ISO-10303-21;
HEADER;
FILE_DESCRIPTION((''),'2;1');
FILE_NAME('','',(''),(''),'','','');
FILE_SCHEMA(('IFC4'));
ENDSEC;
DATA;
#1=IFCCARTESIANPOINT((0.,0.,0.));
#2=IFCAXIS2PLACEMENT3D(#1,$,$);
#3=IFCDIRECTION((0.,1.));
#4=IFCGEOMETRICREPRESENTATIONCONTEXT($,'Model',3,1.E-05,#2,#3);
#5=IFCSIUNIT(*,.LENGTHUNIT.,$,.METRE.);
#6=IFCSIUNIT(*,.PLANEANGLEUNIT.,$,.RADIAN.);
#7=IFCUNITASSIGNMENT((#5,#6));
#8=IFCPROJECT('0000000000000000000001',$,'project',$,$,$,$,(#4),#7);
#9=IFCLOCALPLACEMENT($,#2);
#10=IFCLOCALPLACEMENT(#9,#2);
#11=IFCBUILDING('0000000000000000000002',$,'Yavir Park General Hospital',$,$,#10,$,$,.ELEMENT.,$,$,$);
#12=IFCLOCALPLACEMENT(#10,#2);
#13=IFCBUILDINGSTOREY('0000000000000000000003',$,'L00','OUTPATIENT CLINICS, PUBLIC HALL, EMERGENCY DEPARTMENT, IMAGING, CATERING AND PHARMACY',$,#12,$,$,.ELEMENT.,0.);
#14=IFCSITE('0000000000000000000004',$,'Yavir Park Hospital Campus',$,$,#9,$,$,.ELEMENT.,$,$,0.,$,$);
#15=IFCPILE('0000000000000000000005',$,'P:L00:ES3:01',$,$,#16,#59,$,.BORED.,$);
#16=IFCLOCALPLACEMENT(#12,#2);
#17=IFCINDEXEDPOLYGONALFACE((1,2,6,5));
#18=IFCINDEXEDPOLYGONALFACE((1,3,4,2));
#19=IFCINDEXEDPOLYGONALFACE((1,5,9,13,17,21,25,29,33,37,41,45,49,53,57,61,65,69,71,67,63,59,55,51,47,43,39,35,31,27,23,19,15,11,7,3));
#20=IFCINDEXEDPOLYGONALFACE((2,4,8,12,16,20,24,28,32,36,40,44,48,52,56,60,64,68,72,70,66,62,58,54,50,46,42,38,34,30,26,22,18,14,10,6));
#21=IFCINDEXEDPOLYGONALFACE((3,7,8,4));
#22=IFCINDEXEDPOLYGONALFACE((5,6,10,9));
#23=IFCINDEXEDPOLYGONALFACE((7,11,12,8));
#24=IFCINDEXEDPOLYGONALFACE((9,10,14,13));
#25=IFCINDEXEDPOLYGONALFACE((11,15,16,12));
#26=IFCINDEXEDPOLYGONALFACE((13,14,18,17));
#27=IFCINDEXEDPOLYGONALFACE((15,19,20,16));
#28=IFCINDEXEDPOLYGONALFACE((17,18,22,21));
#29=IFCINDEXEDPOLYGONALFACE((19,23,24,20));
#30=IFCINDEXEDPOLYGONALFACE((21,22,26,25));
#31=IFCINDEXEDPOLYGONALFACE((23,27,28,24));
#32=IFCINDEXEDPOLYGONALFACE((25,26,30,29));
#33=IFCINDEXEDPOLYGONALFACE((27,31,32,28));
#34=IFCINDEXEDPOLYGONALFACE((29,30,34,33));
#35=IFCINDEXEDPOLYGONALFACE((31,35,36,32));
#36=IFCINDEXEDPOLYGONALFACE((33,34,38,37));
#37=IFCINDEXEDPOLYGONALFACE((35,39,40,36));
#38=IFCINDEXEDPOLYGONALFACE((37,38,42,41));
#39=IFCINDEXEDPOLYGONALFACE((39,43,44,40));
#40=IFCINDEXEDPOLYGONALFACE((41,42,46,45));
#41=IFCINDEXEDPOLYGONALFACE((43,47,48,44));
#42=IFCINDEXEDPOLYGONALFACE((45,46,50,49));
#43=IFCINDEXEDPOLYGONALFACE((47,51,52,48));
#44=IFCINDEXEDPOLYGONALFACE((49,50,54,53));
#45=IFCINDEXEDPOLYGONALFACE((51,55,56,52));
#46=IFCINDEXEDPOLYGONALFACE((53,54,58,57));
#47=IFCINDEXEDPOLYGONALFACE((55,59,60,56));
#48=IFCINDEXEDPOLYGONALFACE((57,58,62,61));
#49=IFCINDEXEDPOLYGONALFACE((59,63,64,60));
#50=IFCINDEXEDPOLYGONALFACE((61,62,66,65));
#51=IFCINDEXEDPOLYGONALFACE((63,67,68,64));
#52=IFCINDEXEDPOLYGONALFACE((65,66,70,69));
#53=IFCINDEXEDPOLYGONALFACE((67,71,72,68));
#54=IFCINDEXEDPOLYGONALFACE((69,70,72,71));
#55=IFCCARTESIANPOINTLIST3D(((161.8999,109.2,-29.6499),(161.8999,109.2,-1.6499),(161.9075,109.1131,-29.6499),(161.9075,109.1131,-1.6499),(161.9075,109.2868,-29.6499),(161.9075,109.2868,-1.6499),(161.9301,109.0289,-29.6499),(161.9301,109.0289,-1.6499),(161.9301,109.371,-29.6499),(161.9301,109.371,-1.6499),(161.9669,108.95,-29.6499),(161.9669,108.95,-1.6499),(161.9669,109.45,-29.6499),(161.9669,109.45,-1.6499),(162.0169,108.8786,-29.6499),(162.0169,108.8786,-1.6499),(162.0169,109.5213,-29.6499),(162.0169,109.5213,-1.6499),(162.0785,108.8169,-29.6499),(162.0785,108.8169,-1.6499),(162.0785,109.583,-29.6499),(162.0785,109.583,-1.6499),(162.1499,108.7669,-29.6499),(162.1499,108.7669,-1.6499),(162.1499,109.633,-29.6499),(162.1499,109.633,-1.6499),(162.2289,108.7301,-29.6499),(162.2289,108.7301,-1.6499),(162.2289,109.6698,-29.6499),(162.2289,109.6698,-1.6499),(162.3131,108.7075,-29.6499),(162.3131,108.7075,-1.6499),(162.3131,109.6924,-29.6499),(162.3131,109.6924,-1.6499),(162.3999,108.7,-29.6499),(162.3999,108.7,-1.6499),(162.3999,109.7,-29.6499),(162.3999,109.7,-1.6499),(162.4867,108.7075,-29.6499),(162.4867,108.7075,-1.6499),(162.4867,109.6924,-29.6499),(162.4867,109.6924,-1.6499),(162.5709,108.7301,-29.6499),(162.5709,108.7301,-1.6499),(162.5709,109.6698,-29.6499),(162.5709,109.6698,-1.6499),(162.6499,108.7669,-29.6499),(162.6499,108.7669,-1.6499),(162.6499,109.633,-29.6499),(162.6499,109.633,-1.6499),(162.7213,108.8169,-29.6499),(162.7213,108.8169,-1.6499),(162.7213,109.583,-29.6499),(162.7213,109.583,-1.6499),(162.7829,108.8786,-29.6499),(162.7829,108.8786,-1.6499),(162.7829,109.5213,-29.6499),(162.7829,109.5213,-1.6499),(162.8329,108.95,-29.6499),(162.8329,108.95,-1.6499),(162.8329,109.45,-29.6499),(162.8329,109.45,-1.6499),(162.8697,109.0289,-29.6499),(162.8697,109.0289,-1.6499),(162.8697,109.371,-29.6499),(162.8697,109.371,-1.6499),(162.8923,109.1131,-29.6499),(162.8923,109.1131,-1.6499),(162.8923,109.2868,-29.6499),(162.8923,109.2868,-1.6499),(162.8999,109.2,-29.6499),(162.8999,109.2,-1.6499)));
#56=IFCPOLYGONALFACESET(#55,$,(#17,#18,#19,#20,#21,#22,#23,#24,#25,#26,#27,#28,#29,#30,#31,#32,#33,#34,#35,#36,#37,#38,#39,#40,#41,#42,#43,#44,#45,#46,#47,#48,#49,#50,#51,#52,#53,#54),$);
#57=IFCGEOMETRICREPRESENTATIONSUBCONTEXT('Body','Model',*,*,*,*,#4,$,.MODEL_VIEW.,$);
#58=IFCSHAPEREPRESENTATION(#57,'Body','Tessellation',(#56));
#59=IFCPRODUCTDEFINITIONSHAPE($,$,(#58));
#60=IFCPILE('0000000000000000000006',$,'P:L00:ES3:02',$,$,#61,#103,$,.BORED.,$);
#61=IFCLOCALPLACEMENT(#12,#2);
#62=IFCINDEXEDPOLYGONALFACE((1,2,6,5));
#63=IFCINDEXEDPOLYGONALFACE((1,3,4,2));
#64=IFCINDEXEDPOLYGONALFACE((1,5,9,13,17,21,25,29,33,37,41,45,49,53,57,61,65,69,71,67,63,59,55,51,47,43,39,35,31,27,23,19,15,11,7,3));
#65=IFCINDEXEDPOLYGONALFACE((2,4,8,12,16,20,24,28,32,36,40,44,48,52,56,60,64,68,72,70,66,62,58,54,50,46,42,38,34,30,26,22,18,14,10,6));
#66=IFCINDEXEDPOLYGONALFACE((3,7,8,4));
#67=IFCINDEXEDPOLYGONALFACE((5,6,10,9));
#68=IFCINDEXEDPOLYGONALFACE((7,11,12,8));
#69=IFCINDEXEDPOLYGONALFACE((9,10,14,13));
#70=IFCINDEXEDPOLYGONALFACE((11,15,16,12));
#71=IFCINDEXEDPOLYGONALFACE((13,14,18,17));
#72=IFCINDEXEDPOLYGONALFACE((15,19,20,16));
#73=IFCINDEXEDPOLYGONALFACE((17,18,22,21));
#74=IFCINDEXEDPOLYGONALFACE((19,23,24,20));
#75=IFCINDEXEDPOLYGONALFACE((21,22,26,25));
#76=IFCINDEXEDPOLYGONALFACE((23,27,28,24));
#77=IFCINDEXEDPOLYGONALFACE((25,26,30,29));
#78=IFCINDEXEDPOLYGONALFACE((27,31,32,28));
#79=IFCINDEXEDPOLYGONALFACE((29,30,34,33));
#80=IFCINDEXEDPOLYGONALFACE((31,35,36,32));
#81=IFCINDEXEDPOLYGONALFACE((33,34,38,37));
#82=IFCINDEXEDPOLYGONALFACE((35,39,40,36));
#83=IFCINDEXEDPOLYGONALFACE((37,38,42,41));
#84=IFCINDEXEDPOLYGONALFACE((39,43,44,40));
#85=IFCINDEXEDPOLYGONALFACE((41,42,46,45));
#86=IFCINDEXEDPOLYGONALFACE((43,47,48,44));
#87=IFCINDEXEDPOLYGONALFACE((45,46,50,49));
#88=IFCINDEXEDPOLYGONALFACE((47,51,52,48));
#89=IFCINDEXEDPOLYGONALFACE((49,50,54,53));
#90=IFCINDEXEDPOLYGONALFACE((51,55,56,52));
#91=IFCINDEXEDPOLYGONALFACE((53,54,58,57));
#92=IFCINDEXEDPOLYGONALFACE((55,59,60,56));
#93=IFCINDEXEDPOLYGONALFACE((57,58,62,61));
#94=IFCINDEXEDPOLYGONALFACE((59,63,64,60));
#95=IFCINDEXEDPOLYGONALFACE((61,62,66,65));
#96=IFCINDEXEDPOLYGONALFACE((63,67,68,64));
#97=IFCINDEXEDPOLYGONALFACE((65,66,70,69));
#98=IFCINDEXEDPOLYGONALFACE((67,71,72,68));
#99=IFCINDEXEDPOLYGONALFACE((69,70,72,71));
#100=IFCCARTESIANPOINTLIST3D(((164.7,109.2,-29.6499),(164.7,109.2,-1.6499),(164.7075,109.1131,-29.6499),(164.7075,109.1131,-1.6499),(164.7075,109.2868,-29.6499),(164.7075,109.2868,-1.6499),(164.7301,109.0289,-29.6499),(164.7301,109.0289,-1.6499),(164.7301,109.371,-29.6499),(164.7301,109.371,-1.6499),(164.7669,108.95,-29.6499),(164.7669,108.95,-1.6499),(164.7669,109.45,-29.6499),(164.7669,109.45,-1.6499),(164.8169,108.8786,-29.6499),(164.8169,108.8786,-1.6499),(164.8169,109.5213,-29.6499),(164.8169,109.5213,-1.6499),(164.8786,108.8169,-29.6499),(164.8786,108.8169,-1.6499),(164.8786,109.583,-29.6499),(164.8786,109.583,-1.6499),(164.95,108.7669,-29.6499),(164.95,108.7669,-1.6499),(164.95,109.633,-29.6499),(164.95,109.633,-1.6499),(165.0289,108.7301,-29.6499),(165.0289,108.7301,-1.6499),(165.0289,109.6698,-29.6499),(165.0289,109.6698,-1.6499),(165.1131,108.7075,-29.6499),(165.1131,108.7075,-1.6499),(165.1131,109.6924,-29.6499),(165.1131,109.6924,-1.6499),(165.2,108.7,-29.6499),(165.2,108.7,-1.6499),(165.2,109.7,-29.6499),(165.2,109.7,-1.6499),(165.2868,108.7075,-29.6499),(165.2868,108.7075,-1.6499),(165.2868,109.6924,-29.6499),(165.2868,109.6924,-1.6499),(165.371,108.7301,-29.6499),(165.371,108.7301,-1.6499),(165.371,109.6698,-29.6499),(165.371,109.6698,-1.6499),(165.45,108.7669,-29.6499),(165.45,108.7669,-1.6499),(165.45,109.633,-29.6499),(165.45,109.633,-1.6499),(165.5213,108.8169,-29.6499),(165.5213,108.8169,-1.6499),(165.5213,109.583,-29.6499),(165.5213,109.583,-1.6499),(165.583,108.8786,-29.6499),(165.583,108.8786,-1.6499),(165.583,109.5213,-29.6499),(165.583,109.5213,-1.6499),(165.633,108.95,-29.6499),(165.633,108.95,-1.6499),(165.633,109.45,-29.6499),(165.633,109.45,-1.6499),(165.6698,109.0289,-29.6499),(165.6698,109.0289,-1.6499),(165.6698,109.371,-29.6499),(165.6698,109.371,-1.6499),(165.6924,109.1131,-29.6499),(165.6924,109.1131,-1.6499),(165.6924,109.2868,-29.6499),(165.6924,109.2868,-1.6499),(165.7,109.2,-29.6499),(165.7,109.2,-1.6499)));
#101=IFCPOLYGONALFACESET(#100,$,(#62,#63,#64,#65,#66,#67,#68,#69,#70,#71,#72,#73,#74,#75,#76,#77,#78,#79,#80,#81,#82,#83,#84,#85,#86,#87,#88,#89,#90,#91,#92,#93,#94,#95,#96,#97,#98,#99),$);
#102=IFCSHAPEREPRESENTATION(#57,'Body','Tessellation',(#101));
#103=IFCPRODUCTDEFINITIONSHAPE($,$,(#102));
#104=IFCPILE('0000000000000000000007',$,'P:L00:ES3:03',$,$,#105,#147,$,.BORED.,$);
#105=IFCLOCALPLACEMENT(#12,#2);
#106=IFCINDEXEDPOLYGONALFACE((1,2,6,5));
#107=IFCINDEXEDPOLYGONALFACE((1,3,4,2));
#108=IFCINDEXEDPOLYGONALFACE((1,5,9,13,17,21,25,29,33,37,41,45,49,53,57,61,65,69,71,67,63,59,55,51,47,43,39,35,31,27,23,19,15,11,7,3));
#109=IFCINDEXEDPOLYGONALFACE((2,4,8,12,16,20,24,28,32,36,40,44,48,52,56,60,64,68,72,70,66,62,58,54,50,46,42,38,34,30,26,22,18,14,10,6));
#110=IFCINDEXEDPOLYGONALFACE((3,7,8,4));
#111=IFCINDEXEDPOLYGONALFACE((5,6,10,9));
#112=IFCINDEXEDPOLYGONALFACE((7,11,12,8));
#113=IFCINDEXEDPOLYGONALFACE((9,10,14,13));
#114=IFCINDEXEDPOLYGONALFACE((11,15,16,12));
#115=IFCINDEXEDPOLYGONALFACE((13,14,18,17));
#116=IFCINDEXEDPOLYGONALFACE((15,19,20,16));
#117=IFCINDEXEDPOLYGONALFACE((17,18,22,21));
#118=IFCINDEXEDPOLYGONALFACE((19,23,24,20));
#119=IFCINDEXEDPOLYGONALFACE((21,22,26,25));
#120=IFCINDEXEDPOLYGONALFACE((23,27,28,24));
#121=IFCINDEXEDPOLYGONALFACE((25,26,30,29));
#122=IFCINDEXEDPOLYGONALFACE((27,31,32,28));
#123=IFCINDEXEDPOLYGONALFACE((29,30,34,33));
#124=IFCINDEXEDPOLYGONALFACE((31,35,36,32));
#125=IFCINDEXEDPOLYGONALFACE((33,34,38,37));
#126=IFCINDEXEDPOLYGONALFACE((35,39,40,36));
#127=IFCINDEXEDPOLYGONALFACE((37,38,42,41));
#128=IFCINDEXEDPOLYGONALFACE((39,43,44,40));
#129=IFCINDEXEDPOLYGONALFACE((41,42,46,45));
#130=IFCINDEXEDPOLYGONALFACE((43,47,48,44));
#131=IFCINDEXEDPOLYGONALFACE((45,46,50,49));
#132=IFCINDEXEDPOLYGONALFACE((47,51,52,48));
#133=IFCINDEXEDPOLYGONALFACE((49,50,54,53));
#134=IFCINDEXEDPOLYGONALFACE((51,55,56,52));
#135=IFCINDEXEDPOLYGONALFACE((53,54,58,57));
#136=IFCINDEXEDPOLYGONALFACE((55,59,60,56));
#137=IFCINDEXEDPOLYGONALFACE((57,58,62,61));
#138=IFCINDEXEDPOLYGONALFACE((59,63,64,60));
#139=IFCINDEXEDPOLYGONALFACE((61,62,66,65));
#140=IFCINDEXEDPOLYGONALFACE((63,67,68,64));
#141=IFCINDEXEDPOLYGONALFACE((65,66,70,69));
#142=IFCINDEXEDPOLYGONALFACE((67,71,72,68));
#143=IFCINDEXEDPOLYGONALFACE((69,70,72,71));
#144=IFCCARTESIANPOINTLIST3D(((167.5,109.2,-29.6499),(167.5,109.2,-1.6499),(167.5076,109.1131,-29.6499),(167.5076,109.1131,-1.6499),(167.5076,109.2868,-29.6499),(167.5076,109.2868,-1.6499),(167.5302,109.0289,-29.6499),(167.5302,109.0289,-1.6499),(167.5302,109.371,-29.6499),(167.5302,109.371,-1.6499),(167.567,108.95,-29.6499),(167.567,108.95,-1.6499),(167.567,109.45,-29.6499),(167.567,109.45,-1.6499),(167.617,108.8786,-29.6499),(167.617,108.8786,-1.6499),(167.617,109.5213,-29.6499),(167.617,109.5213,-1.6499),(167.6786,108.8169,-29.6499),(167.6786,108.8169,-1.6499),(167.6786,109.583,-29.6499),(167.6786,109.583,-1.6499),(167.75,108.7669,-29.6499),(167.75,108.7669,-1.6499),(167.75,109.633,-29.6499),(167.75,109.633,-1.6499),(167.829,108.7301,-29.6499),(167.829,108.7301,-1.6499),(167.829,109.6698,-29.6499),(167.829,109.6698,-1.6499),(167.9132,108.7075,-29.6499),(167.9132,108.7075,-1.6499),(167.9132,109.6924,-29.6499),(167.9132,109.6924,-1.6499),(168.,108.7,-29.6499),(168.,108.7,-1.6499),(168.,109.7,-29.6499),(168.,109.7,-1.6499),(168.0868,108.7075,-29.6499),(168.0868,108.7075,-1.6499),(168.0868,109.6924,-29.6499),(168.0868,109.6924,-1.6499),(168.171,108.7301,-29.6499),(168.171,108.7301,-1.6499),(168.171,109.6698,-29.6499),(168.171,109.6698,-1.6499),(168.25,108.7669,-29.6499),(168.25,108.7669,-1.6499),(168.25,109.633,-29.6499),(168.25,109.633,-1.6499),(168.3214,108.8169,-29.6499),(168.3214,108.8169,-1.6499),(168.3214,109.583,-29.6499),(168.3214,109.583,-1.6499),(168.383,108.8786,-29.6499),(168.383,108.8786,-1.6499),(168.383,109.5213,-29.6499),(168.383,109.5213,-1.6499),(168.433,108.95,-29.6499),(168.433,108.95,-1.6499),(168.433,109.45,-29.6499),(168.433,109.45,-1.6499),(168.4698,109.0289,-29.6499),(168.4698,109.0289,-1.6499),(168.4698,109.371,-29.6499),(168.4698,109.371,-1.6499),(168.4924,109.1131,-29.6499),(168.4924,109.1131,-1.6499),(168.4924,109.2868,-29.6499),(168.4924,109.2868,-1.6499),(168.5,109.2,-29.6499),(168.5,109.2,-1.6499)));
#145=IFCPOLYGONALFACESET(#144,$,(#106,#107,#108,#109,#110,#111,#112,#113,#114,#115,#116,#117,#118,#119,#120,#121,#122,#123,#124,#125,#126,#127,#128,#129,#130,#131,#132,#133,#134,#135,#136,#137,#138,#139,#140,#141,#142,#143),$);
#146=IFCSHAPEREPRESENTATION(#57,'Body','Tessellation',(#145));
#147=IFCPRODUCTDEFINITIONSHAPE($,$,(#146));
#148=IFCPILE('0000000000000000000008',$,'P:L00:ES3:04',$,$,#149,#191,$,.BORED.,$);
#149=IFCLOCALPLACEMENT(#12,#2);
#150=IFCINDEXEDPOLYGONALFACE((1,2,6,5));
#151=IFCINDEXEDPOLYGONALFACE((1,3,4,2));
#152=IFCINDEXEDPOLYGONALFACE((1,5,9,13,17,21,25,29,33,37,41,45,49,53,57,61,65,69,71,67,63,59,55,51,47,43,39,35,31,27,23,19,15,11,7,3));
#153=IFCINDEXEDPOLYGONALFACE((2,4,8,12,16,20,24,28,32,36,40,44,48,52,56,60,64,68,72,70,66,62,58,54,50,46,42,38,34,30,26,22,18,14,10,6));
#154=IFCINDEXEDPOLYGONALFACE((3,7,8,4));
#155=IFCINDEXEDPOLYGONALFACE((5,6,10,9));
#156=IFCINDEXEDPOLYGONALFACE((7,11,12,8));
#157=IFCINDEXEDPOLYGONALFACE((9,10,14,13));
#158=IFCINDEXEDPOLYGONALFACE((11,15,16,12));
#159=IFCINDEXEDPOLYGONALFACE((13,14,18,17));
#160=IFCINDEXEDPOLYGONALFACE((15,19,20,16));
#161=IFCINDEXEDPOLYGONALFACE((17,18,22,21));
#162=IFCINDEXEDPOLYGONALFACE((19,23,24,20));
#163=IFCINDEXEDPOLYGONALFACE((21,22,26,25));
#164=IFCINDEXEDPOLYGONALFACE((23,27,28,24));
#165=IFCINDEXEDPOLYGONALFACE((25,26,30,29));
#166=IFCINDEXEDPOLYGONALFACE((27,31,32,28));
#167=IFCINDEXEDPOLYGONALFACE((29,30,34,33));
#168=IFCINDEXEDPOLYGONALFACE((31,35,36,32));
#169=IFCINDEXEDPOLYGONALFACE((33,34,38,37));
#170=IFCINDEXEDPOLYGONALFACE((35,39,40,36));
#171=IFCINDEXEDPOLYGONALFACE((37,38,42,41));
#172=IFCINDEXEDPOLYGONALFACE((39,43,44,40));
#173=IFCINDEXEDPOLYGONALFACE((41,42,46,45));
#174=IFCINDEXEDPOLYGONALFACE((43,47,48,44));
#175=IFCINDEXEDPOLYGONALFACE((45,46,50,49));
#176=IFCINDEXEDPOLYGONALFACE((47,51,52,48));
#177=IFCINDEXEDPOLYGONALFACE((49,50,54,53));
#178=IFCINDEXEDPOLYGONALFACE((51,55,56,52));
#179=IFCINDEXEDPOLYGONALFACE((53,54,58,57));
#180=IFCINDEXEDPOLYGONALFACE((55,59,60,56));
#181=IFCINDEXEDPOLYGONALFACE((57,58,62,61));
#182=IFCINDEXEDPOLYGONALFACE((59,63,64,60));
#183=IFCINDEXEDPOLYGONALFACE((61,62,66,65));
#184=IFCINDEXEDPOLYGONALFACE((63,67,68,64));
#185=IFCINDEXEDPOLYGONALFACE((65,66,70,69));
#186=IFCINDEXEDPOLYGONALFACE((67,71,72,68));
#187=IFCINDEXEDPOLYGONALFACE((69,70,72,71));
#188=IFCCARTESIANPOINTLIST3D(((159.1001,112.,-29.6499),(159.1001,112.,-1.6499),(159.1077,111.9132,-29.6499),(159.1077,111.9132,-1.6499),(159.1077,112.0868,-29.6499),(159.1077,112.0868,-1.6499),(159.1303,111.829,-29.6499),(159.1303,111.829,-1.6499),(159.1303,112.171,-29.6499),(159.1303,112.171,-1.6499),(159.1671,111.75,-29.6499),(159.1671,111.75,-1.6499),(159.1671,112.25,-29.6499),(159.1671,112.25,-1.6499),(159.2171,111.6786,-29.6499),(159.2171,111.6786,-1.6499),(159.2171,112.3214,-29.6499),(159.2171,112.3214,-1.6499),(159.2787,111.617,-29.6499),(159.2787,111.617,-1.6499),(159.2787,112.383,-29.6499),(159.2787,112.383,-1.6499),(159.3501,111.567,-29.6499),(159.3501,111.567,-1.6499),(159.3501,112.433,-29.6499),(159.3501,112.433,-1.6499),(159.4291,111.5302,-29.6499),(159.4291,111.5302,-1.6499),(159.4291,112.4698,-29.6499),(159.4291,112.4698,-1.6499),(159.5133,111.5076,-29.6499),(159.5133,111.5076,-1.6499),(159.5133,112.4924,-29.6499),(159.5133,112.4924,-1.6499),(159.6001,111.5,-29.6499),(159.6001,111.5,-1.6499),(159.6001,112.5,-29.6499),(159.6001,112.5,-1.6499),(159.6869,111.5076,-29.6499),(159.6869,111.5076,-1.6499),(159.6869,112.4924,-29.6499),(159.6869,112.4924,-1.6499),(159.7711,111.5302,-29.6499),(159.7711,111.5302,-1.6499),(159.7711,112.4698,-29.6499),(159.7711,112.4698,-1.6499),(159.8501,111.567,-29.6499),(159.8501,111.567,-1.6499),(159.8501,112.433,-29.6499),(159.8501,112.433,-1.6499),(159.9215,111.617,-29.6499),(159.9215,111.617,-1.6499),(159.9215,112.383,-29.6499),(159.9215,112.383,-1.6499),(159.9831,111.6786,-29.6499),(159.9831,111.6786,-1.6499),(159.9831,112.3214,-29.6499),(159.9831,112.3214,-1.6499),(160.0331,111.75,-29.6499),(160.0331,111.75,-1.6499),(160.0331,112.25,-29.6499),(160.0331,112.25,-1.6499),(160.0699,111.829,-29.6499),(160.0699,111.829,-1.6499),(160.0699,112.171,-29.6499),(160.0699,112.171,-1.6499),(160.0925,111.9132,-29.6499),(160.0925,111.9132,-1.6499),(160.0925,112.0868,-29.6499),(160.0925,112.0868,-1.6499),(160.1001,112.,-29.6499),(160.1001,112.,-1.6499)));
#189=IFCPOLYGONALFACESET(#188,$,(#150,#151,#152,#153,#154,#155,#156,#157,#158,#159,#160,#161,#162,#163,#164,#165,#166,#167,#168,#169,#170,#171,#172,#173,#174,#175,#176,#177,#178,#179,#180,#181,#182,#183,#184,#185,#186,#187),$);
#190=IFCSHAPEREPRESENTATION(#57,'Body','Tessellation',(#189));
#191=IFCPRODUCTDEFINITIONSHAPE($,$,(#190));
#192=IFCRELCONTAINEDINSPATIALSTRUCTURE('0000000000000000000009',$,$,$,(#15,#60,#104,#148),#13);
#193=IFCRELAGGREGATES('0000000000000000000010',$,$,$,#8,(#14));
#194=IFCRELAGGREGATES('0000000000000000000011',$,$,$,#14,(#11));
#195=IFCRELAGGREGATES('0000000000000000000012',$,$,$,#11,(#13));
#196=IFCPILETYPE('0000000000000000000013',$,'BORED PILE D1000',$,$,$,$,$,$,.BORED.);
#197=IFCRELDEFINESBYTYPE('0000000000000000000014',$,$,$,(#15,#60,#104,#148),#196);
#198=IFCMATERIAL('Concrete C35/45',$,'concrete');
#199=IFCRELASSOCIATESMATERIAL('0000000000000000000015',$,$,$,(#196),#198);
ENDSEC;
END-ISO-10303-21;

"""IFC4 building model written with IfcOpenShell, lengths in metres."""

from ifc_helpers import new_model, si_unit, direction, frame, origin, origin_2d, place, context, subcontext, project, spatial, circle, extrude, material, material_profile, profile_set, type_object, element, save


model = new_model("IFC4")

# Units and contexts
model_context = context("Model", 3, precision=1e-05, world=origin(), true_north=direction((0.0, 1.0)))
body_context = subcontext(model_context, "Body", "Model", "MODEL_VIEW")
ifc_project = project(units=[si_unit("LENGTHUNIT", "METRE"), si_unit("PLANEANGLEUNIT", "RADIAN")], contexts=[model_context])

# Site, building, storey
site_placement = place(None, origin())
site = spatial("IfcSite", under=ifc_project, at=site_placement, Name="Yavir Park Hospital Campus", CompositionType="ELEMENT", RefElevation=0.0)
building_placement = place(site_placement, origin())
building = spatial("IfcBuilding", under=site, at=building_placement, Name="Yavir Park General Hospital", CompositionType="ELEMENT")
storey_placement = place(building_placement, origin())
storey = spatial("IfcBuildingStorey", under=building, at=storey_placement, Name="L00", Description="OUTPATIENT CLINICS, PUBLIC HALL, EMERGENCY DEPARTMENT, IMAGING, CATERING AND PHARMACY", CompositionType="ELEMENT", Elevation=0.0)

# Piles
ifc_material_1 = material(Name="Concrete C35/45", Category="concrete")
ifc_material_profile = material_profile(ifc_material_1, circle(Radius=0.5, at=origin_2d()), Name="D1000")
ifc_profile_set = profile_set([ifc_material_profile], Name="Concrete C35/45")
pile_type = type_object("IfcPileType", Name="BORED PILE D1000", PredefinedType="BORED", material=ifc_profile_set)
for number, where, z_axis, x_axis, name in (
    (1, (162.3999, 109.2, -1.6499), (0.0, 0.0, -1.0), (1.0, 0.0, 0.0), "P:L00:ES3:01"),
    (2, (165.2, 109.2, -1.6499), (0.0, 0.0, -1.0), (1.0, 0.0, 0.0), "P:L00:ES3:02"),
    (3, (168.0, 109.2, -1.6499), (0.0, 0.0, -1.0), (1.0, 0.0, 0.0), "P:L00:ES3:03"),
    (4, (159.6001, 112.0, -1.6499), (0.0, 0.0, -1.0), (1.0, 0.0, 0.0), "P:L00:ES3:04"),
):
    element("IfcPile", number, at=place(storey_placement, frame(where, z_axis=z_axis, x_axis=x_axis)), inside=storey, type_object=pile_type, Name=name, PredefinedType="BORED", context=body_context, shape_type="SweptSolid", body=[
        extrude(circle(Radius=0.5, at=origin_2d()), origin(), (0.0, 0.0, 1.0), 28.0),
    ])

save(model, "model.ifc")
